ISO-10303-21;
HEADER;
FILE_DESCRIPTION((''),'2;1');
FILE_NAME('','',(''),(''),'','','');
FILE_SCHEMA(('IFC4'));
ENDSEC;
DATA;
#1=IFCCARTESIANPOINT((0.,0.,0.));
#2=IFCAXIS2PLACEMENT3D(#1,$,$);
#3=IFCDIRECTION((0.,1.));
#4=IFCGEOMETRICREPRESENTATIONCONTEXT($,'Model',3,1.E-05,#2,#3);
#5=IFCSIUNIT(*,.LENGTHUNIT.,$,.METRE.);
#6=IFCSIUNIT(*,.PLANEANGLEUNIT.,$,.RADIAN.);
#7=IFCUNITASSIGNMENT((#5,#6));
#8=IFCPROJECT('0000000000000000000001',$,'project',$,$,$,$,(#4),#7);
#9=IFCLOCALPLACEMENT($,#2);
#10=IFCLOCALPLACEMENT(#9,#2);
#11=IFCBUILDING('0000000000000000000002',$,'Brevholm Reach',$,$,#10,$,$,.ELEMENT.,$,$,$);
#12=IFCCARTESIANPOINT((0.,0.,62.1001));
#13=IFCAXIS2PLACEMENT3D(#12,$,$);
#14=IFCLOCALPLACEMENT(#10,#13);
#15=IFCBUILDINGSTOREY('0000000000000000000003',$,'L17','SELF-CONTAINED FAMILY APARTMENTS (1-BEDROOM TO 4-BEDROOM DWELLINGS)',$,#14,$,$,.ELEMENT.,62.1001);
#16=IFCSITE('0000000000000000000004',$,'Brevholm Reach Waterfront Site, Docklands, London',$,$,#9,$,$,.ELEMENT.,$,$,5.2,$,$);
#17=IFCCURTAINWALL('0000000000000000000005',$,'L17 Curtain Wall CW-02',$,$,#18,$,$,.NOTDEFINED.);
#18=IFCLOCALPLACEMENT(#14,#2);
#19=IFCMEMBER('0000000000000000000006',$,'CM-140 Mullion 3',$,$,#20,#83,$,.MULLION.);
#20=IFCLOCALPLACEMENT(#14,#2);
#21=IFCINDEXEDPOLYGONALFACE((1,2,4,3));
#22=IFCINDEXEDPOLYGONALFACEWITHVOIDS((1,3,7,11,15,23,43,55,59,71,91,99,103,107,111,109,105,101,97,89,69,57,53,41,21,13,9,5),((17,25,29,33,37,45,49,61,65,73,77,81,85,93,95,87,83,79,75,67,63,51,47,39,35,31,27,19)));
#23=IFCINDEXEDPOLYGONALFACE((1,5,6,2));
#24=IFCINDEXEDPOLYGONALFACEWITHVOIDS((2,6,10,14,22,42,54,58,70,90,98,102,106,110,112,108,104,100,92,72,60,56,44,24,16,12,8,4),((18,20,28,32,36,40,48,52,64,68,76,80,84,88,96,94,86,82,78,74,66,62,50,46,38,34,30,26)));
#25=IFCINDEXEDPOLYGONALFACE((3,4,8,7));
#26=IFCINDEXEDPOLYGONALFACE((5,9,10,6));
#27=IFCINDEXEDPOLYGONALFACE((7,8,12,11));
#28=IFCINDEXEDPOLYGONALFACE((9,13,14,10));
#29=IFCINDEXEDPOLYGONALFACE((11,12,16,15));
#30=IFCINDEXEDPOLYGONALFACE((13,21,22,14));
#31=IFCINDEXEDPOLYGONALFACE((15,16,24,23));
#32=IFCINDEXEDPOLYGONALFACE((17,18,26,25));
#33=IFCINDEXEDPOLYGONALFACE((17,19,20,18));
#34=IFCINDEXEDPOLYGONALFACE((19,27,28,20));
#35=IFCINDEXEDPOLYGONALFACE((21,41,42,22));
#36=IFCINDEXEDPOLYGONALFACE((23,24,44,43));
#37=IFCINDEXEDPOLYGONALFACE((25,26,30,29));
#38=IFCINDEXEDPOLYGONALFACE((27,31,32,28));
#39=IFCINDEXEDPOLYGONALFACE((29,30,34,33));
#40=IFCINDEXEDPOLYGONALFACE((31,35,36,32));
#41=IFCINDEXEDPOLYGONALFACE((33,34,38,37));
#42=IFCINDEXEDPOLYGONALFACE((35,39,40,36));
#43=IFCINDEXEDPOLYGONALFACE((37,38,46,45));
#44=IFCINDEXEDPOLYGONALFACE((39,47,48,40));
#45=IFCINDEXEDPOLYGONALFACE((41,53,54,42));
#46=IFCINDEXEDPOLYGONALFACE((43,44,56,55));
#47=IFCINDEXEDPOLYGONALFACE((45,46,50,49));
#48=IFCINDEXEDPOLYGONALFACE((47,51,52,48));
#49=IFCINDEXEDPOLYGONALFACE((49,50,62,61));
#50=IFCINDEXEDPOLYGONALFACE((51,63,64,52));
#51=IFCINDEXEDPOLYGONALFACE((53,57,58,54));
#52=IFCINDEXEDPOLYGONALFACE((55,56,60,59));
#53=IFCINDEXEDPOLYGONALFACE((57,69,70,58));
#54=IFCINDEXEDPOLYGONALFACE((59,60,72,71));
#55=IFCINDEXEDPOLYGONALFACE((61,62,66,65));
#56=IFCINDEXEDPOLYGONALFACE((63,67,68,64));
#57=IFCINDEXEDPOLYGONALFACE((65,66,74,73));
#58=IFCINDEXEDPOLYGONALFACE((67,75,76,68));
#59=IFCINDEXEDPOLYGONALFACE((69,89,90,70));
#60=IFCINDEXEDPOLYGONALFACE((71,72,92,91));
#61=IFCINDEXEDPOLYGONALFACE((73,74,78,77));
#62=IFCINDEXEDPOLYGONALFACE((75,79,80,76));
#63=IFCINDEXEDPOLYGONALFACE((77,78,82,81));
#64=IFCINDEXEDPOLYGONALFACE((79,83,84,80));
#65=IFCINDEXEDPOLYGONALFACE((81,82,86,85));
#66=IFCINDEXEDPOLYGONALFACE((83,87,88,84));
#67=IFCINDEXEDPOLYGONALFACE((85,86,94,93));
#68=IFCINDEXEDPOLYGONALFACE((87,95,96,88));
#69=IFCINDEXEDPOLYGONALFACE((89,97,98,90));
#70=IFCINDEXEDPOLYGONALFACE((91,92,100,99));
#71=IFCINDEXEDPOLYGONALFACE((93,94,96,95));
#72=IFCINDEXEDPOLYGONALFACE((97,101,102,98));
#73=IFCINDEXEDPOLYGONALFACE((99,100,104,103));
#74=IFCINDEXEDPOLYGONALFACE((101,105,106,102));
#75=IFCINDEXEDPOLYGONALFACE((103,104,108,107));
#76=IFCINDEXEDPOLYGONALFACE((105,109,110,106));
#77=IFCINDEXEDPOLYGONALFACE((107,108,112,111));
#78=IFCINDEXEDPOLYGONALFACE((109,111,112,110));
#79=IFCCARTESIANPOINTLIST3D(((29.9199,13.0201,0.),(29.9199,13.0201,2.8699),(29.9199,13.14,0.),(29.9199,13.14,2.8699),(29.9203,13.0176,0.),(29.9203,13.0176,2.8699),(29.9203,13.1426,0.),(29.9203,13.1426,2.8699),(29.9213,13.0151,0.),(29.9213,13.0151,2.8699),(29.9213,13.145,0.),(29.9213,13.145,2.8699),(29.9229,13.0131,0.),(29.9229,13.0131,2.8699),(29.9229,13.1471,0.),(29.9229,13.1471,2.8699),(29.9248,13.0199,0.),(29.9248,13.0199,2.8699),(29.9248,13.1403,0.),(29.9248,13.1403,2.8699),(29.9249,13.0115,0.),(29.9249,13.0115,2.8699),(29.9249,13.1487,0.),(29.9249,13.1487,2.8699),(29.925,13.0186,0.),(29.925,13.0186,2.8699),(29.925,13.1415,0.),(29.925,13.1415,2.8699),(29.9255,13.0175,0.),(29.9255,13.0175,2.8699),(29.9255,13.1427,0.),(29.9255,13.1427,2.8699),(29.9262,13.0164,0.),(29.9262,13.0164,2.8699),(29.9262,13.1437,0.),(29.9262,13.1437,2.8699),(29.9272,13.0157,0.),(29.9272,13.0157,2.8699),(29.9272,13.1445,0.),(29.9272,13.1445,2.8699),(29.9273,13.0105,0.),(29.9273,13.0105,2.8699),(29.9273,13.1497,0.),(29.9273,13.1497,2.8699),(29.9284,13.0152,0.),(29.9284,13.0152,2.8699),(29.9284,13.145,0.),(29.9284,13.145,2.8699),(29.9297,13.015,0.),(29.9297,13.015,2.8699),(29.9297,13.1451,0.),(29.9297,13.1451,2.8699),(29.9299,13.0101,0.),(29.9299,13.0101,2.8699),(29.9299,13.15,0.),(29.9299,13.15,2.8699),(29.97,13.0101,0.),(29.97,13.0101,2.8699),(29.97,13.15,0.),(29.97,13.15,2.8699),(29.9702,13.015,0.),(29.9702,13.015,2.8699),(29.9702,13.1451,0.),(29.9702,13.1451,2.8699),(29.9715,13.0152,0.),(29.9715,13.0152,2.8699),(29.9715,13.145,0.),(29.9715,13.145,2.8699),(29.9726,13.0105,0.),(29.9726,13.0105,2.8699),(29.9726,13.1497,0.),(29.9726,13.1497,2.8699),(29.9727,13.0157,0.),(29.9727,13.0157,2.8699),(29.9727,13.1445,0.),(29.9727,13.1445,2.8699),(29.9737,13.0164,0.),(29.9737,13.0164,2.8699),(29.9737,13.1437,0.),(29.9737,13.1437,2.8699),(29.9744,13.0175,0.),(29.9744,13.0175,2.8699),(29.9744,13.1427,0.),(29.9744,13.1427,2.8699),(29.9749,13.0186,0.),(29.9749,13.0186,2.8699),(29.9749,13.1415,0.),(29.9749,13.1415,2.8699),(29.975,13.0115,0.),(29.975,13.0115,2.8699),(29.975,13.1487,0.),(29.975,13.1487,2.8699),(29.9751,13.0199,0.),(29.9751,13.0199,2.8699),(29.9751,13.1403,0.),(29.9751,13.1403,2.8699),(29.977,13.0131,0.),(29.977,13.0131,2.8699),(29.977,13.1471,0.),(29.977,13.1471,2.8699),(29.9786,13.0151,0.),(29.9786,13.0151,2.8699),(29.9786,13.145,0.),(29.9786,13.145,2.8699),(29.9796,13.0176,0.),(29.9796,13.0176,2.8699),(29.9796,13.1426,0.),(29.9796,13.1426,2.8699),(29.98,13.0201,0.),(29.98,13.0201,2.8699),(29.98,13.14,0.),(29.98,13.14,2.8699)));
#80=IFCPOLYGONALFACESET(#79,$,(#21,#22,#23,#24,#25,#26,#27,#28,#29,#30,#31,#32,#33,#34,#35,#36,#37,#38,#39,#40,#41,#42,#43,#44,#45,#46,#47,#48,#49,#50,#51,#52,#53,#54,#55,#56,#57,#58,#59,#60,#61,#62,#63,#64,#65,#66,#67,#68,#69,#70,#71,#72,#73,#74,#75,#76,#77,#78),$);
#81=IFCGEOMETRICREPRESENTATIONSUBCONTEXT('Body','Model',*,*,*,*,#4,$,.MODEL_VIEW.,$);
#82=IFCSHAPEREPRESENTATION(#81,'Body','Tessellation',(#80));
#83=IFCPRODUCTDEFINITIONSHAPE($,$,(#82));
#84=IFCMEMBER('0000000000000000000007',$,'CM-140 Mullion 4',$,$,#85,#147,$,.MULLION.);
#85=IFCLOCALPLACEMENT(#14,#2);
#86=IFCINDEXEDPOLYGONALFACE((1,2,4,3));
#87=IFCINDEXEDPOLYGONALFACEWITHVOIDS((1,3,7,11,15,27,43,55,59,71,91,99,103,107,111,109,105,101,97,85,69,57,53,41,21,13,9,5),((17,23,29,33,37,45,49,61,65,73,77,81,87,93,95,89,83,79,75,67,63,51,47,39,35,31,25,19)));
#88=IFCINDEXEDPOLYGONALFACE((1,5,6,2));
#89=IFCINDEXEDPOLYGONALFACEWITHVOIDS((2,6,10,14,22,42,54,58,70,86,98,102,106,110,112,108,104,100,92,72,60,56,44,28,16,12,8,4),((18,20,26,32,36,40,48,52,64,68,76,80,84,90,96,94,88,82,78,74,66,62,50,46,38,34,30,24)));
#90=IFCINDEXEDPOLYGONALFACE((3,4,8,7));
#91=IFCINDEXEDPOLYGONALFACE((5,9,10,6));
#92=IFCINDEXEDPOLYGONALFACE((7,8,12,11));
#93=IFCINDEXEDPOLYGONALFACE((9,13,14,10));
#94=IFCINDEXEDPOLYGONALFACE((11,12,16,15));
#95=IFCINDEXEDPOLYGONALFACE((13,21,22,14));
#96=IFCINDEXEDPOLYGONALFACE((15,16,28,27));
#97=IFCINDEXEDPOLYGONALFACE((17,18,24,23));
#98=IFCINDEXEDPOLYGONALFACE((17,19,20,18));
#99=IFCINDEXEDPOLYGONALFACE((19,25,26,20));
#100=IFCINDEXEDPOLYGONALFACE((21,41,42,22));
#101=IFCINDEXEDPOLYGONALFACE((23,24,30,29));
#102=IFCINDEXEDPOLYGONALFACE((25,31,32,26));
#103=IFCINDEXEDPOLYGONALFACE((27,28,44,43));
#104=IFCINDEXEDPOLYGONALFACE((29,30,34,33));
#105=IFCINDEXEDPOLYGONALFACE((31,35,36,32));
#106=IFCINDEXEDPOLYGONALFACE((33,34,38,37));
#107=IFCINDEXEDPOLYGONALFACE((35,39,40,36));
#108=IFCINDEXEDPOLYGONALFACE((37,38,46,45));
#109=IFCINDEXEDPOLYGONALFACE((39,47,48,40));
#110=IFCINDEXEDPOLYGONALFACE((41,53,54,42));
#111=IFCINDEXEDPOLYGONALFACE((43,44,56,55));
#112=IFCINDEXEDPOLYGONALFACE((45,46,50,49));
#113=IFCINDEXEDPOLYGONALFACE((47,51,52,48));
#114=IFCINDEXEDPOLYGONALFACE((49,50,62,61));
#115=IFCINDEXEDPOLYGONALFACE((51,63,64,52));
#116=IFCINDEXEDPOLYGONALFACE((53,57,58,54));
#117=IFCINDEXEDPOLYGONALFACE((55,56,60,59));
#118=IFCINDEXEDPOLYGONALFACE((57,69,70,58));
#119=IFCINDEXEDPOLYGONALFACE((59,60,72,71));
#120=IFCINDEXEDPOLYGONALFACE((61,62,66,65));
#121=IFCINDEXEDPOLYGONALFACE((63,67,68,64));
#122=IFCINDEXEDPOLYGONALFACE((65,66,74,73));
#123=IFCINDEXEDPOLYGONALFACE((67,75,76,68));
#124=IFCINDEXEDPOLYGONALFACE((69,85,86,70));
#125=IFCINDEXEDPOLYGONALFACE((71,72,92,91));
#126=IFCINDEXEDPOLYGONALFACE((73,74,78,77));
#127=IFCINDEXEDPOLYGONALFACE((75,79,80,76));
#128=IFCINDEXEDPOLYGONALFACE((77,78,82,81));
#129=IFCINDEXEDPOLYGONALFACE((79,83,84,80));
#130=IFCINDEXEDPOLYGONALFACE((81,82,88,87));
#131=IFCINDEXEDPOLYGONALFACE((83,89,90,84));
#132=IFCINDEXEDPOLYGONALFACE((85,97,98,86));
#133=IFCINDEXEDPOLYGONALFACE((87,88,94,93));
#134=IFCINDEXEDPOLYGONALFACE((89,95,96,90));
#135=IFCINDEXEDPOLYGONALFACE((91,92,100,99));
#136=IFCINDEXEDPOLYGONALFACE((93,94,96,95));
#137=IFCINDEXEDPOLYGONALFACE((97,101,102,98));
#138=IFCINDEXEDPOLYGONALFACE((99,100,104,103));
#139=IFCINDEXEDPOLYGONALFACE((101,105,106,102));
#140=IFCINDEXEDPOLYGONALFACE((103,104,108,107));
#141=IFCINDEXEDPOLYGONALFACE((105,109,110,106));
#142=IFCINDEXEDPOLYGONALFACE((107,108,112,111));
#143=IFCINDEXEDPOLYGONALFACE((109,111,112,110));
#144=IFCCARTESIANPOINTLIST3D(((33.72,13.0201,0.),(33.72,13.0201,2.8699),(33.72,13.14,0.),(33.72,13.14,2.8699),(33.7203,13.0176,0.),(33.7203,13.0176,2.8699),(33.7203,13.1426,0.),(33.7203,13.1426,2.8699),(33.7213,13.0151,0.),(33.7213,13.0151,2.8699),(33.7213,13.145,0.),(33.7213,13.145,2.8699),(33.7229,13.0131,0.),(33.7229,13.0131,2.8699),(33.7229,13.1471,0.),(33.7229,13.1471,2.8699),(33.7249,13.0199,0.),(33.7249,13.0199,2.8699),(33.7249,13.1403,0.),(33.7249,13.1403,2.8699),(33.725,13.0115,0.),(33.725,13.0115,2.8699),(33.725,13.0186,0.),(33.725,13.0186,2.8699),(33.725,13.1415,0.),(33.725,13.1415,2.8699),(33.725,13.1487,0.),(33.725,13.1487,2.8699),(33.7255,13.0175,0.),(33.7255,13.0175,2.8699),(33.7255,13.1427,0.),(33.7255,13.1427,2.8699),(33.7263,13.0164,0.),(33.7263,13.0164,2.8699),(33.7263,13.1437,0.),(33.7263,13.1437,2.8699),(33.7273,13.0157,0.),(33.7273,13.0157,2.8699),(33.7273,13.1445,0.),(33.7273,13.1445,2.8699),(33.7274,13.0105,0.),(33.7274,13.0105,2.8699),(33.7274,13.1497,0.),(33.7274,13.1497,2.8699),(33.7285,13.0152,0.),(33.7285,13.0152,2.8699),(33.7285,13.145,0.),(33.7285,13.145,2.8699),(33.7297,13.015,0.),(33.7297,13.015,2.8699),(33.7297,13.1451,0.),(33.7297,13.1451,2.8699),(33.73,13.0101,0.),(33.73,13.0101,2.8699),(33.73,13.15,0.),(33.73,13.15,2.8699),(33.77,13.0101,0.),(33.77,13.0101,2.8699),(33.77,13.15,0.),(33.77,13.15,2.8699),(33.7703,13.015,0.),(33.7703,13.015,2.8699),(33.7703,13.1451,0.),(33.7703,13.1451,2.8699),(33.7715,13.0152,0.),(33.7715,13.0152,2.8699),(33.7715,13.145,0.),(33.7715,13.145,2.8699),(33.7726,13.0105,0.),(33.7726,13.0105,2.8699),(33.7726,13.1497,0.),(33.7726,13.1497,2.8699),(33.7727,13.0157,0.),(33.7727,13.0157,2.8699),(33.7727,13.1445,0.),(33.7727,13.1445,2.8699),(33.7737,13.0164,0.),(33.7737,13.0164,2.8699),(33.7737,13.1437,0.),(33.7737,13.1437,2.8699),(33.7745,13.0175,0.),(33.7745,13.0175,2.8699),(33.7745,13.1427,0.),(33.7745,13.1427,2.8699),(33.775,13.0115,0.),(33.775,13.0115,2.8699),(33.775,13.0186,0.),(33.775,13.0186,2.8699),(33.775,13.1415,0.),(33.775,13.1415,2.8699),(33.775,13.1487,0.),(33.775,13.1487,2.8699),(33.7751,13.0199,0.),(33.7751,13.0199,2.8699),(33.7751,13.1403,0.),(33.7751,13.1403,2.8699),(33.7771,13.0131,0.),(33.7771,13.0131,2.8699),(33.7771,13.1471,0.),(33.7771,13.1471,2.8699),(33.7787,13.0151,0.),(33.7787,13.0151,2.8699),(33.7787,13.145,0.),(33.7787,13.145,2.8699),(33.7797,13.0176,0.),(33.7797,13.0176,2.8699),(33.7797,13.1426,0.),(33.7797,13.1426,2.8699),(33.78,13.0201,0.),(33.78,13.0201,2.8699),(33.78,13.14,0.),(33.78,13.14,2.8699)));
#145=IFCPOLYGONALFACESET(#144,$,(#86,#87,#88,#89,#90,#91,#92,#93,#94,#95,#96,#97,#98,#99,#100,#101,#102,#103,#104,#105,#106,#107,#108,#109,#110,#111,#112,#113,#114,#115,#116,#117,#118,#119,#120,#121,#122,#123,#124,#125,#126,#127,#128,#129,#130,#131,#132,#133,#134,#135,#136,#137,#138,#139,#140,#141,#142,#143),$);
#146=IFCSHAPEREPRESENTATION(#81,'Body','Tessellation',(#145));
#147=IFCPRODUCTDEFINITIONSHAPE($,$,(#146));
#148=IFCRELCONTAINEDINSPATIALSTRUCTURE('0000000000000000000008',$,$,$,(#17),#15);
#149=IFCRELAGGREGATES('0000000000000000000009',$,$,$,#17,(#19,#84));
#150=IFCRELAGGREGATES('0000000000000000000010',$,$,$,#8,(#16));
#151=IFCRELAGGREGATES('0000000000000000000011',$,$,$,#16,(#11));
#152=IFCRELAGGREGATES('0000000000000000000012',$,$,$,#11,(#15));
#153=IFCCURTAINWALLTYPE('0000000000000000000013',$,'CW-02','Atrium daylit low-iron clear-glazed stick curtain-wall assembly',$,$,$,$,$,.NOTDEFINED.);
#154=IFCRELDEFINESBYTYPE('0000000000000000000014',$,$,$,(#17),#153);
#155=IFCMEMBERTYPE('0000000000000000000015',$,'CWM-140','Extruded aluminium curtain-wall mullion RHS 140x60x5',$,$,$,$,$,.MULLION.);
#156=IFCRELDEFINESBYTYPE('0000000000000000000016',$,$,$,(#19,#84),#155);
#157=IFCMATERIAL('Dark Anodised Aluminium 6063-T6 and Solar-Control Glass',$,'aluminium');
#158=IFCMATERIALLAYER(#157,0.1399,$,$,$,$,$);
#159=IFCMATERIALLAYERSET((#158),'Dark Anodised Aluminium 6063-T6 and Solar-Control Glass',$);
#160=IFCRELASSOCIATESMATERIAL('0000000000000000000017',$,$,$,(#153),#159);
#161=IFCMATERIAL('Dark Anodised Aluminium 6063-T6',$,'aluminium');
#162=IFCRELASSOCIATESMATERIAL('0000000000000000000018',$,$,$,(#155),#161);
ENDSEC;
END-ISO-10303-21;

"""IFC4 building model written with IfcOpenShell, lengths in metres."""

from ifc_helpers import new_model, si_unit, direction, frame, origin, origin_2d, place, context, subcontext, project, spatial, hollow_rectangle, extrude, material, layer, layer_set, material_profile, profile_set, type_object, element, aggregate, save


model = new_model("IFC4")

# Units and contexts
model_context = context("Model", 3, precision=1e-05, world=origin(), true_north=direction((0.0, 1.0)))
body_context = subcontext(model_context, "Body", "Model", "MODEL_VIEW")
ifc_project = project(units=[si_unit("LENGTHUNIT", "METRE"), si_unit("PLANEANGLEUNIT", "RADIAN")], contexts=[model_context])

# Site, building, storey
site_placement = place(None, origin())
site = spatial("IfcSite", under=ifc_project, at=site_placement, Name="Brevholm Reach Waterfront Site, Docklands, London", CompositionType="ELEMENT", RefElevation=5.2)
building_placement = place(site_placement, origin())
building = spatial("IfcBuilding", under=site, at=building_placement, Name="Brevholm Reach", CompositionType="ELEMENT")
storey_placement = place(building_placement, frame((0.0, 0.0, 62.1001)))
storey = spatial("IfcBuildingStorey", under=building, at=storey_placement, Name="L17", Description="SELF-CONTAINED FAMILY APARTMENTS (1-BEDROOM TO 4-BEDROOM DWELLINGS)", CompositionType="ELEMENT", Elevation=62.1001)

# Curtain wall, members
ifc_material_1 = material(Name="Dark Anodised Aluminium 6063-T6 and Solar-Control Glass", Category="aluminium")
ifc_layer_1 = layer(ifc_material_1, 0.1399)
ifc_layer_set_1 = layer_set([ifc_layer_1], Name="Dark Anodised Aluminium 6063-T6 and Solar-Control Glass")
curtain_wall_type = type_object("IfcCurtainWallType", Name="CW-02", Description="Atrium daylit low-iron clear-glazed stick curtain-wall assembly", PredefinedType="NOTDEFINED", material=ifc_layer_set_1)
curtain_wall_placement = place(storey_placement, origin())
curtain_wall = element("IfcCurtainWall", 1, at=curtain_wall_placement, inside=storey, type_object=curtain_wall_type, Name="L17 Curtain Wall CW-02", PredefinedType="NOTDEFINED")
ifc_material_2 = material(Name="Dark Anodised Aluminium 6063-T6", Category="aluminium")
ifc_material_profile_1 = material_profile(ifc_material_2, hollow_rectangle(XDim=0.0601, YDim=0.1399, WallThickness=0.0049, InnerFilletRadius=0.0049, OuterFilletRadius=0.01, at=origin_2d()), Name="RHS 140x60x5")
ifc_profile_set_1 = profile_set([ifc_material_profile_1], Name="Dark Anodised Aluminium 6063-T6")
member_type_1 = type_object("IfcMemberType", Name="CWM-140", Description="Extruded aluminium curtain-wall mullion RHS 140x60x5", PredefinedType="MULLION", material=ifc_profile_set_1)
member_1_placement = place(storey_placement, frame((29.95, 13.0801, 0.0), z_axis=(0.0, 0.0, 1.0), x_axis=(1.0, 0.0, 0.0)))
member_1 = element("IfcMember", 2, at=member_1_placement, type_object=member_type_1, Name="CM-140 Mullion 3", PredefinedType="MULLION", context=body_context, shape_type="SweptSolid", body=[
    extrude(hollow_rectangle(XDim=0.0601, YDim=0.1399, WallThickness=0.0049, InnerFilletRadius=0.0049, OuterFilletRadius=0.01, at=origin_2d()), origin(), (0.0, 0.0, 1.0), 2.8699),
])
member_2_placement = place(storey_placement, frame((33.75, 13.0801, 0.0), z_axis=(0.0, 0.0, 1.0), x_axis=(1.0, 0.0, 0.0)))
member_2 = element("IfcMember", 3, at=member_2_placement, type_object=member_type_1, Name="CM-140 Mullion 4", PredefinedType="MULLION", context=body_context, shape_type="SweptSolid", body=[
    extrude(hollow_rectangle(XDim=0.0601, YDim=0.1399, WallThickness=0.0049, InnerFilletRadius=0.0049, OuterFilletRadius=0.01, at=origin_2d()), origin(), (0.0, 0.0, 1.0), 2.8699),
])
aggregate(curtain_wall, [member_1, member_2])

save(model, "model.ifc")
